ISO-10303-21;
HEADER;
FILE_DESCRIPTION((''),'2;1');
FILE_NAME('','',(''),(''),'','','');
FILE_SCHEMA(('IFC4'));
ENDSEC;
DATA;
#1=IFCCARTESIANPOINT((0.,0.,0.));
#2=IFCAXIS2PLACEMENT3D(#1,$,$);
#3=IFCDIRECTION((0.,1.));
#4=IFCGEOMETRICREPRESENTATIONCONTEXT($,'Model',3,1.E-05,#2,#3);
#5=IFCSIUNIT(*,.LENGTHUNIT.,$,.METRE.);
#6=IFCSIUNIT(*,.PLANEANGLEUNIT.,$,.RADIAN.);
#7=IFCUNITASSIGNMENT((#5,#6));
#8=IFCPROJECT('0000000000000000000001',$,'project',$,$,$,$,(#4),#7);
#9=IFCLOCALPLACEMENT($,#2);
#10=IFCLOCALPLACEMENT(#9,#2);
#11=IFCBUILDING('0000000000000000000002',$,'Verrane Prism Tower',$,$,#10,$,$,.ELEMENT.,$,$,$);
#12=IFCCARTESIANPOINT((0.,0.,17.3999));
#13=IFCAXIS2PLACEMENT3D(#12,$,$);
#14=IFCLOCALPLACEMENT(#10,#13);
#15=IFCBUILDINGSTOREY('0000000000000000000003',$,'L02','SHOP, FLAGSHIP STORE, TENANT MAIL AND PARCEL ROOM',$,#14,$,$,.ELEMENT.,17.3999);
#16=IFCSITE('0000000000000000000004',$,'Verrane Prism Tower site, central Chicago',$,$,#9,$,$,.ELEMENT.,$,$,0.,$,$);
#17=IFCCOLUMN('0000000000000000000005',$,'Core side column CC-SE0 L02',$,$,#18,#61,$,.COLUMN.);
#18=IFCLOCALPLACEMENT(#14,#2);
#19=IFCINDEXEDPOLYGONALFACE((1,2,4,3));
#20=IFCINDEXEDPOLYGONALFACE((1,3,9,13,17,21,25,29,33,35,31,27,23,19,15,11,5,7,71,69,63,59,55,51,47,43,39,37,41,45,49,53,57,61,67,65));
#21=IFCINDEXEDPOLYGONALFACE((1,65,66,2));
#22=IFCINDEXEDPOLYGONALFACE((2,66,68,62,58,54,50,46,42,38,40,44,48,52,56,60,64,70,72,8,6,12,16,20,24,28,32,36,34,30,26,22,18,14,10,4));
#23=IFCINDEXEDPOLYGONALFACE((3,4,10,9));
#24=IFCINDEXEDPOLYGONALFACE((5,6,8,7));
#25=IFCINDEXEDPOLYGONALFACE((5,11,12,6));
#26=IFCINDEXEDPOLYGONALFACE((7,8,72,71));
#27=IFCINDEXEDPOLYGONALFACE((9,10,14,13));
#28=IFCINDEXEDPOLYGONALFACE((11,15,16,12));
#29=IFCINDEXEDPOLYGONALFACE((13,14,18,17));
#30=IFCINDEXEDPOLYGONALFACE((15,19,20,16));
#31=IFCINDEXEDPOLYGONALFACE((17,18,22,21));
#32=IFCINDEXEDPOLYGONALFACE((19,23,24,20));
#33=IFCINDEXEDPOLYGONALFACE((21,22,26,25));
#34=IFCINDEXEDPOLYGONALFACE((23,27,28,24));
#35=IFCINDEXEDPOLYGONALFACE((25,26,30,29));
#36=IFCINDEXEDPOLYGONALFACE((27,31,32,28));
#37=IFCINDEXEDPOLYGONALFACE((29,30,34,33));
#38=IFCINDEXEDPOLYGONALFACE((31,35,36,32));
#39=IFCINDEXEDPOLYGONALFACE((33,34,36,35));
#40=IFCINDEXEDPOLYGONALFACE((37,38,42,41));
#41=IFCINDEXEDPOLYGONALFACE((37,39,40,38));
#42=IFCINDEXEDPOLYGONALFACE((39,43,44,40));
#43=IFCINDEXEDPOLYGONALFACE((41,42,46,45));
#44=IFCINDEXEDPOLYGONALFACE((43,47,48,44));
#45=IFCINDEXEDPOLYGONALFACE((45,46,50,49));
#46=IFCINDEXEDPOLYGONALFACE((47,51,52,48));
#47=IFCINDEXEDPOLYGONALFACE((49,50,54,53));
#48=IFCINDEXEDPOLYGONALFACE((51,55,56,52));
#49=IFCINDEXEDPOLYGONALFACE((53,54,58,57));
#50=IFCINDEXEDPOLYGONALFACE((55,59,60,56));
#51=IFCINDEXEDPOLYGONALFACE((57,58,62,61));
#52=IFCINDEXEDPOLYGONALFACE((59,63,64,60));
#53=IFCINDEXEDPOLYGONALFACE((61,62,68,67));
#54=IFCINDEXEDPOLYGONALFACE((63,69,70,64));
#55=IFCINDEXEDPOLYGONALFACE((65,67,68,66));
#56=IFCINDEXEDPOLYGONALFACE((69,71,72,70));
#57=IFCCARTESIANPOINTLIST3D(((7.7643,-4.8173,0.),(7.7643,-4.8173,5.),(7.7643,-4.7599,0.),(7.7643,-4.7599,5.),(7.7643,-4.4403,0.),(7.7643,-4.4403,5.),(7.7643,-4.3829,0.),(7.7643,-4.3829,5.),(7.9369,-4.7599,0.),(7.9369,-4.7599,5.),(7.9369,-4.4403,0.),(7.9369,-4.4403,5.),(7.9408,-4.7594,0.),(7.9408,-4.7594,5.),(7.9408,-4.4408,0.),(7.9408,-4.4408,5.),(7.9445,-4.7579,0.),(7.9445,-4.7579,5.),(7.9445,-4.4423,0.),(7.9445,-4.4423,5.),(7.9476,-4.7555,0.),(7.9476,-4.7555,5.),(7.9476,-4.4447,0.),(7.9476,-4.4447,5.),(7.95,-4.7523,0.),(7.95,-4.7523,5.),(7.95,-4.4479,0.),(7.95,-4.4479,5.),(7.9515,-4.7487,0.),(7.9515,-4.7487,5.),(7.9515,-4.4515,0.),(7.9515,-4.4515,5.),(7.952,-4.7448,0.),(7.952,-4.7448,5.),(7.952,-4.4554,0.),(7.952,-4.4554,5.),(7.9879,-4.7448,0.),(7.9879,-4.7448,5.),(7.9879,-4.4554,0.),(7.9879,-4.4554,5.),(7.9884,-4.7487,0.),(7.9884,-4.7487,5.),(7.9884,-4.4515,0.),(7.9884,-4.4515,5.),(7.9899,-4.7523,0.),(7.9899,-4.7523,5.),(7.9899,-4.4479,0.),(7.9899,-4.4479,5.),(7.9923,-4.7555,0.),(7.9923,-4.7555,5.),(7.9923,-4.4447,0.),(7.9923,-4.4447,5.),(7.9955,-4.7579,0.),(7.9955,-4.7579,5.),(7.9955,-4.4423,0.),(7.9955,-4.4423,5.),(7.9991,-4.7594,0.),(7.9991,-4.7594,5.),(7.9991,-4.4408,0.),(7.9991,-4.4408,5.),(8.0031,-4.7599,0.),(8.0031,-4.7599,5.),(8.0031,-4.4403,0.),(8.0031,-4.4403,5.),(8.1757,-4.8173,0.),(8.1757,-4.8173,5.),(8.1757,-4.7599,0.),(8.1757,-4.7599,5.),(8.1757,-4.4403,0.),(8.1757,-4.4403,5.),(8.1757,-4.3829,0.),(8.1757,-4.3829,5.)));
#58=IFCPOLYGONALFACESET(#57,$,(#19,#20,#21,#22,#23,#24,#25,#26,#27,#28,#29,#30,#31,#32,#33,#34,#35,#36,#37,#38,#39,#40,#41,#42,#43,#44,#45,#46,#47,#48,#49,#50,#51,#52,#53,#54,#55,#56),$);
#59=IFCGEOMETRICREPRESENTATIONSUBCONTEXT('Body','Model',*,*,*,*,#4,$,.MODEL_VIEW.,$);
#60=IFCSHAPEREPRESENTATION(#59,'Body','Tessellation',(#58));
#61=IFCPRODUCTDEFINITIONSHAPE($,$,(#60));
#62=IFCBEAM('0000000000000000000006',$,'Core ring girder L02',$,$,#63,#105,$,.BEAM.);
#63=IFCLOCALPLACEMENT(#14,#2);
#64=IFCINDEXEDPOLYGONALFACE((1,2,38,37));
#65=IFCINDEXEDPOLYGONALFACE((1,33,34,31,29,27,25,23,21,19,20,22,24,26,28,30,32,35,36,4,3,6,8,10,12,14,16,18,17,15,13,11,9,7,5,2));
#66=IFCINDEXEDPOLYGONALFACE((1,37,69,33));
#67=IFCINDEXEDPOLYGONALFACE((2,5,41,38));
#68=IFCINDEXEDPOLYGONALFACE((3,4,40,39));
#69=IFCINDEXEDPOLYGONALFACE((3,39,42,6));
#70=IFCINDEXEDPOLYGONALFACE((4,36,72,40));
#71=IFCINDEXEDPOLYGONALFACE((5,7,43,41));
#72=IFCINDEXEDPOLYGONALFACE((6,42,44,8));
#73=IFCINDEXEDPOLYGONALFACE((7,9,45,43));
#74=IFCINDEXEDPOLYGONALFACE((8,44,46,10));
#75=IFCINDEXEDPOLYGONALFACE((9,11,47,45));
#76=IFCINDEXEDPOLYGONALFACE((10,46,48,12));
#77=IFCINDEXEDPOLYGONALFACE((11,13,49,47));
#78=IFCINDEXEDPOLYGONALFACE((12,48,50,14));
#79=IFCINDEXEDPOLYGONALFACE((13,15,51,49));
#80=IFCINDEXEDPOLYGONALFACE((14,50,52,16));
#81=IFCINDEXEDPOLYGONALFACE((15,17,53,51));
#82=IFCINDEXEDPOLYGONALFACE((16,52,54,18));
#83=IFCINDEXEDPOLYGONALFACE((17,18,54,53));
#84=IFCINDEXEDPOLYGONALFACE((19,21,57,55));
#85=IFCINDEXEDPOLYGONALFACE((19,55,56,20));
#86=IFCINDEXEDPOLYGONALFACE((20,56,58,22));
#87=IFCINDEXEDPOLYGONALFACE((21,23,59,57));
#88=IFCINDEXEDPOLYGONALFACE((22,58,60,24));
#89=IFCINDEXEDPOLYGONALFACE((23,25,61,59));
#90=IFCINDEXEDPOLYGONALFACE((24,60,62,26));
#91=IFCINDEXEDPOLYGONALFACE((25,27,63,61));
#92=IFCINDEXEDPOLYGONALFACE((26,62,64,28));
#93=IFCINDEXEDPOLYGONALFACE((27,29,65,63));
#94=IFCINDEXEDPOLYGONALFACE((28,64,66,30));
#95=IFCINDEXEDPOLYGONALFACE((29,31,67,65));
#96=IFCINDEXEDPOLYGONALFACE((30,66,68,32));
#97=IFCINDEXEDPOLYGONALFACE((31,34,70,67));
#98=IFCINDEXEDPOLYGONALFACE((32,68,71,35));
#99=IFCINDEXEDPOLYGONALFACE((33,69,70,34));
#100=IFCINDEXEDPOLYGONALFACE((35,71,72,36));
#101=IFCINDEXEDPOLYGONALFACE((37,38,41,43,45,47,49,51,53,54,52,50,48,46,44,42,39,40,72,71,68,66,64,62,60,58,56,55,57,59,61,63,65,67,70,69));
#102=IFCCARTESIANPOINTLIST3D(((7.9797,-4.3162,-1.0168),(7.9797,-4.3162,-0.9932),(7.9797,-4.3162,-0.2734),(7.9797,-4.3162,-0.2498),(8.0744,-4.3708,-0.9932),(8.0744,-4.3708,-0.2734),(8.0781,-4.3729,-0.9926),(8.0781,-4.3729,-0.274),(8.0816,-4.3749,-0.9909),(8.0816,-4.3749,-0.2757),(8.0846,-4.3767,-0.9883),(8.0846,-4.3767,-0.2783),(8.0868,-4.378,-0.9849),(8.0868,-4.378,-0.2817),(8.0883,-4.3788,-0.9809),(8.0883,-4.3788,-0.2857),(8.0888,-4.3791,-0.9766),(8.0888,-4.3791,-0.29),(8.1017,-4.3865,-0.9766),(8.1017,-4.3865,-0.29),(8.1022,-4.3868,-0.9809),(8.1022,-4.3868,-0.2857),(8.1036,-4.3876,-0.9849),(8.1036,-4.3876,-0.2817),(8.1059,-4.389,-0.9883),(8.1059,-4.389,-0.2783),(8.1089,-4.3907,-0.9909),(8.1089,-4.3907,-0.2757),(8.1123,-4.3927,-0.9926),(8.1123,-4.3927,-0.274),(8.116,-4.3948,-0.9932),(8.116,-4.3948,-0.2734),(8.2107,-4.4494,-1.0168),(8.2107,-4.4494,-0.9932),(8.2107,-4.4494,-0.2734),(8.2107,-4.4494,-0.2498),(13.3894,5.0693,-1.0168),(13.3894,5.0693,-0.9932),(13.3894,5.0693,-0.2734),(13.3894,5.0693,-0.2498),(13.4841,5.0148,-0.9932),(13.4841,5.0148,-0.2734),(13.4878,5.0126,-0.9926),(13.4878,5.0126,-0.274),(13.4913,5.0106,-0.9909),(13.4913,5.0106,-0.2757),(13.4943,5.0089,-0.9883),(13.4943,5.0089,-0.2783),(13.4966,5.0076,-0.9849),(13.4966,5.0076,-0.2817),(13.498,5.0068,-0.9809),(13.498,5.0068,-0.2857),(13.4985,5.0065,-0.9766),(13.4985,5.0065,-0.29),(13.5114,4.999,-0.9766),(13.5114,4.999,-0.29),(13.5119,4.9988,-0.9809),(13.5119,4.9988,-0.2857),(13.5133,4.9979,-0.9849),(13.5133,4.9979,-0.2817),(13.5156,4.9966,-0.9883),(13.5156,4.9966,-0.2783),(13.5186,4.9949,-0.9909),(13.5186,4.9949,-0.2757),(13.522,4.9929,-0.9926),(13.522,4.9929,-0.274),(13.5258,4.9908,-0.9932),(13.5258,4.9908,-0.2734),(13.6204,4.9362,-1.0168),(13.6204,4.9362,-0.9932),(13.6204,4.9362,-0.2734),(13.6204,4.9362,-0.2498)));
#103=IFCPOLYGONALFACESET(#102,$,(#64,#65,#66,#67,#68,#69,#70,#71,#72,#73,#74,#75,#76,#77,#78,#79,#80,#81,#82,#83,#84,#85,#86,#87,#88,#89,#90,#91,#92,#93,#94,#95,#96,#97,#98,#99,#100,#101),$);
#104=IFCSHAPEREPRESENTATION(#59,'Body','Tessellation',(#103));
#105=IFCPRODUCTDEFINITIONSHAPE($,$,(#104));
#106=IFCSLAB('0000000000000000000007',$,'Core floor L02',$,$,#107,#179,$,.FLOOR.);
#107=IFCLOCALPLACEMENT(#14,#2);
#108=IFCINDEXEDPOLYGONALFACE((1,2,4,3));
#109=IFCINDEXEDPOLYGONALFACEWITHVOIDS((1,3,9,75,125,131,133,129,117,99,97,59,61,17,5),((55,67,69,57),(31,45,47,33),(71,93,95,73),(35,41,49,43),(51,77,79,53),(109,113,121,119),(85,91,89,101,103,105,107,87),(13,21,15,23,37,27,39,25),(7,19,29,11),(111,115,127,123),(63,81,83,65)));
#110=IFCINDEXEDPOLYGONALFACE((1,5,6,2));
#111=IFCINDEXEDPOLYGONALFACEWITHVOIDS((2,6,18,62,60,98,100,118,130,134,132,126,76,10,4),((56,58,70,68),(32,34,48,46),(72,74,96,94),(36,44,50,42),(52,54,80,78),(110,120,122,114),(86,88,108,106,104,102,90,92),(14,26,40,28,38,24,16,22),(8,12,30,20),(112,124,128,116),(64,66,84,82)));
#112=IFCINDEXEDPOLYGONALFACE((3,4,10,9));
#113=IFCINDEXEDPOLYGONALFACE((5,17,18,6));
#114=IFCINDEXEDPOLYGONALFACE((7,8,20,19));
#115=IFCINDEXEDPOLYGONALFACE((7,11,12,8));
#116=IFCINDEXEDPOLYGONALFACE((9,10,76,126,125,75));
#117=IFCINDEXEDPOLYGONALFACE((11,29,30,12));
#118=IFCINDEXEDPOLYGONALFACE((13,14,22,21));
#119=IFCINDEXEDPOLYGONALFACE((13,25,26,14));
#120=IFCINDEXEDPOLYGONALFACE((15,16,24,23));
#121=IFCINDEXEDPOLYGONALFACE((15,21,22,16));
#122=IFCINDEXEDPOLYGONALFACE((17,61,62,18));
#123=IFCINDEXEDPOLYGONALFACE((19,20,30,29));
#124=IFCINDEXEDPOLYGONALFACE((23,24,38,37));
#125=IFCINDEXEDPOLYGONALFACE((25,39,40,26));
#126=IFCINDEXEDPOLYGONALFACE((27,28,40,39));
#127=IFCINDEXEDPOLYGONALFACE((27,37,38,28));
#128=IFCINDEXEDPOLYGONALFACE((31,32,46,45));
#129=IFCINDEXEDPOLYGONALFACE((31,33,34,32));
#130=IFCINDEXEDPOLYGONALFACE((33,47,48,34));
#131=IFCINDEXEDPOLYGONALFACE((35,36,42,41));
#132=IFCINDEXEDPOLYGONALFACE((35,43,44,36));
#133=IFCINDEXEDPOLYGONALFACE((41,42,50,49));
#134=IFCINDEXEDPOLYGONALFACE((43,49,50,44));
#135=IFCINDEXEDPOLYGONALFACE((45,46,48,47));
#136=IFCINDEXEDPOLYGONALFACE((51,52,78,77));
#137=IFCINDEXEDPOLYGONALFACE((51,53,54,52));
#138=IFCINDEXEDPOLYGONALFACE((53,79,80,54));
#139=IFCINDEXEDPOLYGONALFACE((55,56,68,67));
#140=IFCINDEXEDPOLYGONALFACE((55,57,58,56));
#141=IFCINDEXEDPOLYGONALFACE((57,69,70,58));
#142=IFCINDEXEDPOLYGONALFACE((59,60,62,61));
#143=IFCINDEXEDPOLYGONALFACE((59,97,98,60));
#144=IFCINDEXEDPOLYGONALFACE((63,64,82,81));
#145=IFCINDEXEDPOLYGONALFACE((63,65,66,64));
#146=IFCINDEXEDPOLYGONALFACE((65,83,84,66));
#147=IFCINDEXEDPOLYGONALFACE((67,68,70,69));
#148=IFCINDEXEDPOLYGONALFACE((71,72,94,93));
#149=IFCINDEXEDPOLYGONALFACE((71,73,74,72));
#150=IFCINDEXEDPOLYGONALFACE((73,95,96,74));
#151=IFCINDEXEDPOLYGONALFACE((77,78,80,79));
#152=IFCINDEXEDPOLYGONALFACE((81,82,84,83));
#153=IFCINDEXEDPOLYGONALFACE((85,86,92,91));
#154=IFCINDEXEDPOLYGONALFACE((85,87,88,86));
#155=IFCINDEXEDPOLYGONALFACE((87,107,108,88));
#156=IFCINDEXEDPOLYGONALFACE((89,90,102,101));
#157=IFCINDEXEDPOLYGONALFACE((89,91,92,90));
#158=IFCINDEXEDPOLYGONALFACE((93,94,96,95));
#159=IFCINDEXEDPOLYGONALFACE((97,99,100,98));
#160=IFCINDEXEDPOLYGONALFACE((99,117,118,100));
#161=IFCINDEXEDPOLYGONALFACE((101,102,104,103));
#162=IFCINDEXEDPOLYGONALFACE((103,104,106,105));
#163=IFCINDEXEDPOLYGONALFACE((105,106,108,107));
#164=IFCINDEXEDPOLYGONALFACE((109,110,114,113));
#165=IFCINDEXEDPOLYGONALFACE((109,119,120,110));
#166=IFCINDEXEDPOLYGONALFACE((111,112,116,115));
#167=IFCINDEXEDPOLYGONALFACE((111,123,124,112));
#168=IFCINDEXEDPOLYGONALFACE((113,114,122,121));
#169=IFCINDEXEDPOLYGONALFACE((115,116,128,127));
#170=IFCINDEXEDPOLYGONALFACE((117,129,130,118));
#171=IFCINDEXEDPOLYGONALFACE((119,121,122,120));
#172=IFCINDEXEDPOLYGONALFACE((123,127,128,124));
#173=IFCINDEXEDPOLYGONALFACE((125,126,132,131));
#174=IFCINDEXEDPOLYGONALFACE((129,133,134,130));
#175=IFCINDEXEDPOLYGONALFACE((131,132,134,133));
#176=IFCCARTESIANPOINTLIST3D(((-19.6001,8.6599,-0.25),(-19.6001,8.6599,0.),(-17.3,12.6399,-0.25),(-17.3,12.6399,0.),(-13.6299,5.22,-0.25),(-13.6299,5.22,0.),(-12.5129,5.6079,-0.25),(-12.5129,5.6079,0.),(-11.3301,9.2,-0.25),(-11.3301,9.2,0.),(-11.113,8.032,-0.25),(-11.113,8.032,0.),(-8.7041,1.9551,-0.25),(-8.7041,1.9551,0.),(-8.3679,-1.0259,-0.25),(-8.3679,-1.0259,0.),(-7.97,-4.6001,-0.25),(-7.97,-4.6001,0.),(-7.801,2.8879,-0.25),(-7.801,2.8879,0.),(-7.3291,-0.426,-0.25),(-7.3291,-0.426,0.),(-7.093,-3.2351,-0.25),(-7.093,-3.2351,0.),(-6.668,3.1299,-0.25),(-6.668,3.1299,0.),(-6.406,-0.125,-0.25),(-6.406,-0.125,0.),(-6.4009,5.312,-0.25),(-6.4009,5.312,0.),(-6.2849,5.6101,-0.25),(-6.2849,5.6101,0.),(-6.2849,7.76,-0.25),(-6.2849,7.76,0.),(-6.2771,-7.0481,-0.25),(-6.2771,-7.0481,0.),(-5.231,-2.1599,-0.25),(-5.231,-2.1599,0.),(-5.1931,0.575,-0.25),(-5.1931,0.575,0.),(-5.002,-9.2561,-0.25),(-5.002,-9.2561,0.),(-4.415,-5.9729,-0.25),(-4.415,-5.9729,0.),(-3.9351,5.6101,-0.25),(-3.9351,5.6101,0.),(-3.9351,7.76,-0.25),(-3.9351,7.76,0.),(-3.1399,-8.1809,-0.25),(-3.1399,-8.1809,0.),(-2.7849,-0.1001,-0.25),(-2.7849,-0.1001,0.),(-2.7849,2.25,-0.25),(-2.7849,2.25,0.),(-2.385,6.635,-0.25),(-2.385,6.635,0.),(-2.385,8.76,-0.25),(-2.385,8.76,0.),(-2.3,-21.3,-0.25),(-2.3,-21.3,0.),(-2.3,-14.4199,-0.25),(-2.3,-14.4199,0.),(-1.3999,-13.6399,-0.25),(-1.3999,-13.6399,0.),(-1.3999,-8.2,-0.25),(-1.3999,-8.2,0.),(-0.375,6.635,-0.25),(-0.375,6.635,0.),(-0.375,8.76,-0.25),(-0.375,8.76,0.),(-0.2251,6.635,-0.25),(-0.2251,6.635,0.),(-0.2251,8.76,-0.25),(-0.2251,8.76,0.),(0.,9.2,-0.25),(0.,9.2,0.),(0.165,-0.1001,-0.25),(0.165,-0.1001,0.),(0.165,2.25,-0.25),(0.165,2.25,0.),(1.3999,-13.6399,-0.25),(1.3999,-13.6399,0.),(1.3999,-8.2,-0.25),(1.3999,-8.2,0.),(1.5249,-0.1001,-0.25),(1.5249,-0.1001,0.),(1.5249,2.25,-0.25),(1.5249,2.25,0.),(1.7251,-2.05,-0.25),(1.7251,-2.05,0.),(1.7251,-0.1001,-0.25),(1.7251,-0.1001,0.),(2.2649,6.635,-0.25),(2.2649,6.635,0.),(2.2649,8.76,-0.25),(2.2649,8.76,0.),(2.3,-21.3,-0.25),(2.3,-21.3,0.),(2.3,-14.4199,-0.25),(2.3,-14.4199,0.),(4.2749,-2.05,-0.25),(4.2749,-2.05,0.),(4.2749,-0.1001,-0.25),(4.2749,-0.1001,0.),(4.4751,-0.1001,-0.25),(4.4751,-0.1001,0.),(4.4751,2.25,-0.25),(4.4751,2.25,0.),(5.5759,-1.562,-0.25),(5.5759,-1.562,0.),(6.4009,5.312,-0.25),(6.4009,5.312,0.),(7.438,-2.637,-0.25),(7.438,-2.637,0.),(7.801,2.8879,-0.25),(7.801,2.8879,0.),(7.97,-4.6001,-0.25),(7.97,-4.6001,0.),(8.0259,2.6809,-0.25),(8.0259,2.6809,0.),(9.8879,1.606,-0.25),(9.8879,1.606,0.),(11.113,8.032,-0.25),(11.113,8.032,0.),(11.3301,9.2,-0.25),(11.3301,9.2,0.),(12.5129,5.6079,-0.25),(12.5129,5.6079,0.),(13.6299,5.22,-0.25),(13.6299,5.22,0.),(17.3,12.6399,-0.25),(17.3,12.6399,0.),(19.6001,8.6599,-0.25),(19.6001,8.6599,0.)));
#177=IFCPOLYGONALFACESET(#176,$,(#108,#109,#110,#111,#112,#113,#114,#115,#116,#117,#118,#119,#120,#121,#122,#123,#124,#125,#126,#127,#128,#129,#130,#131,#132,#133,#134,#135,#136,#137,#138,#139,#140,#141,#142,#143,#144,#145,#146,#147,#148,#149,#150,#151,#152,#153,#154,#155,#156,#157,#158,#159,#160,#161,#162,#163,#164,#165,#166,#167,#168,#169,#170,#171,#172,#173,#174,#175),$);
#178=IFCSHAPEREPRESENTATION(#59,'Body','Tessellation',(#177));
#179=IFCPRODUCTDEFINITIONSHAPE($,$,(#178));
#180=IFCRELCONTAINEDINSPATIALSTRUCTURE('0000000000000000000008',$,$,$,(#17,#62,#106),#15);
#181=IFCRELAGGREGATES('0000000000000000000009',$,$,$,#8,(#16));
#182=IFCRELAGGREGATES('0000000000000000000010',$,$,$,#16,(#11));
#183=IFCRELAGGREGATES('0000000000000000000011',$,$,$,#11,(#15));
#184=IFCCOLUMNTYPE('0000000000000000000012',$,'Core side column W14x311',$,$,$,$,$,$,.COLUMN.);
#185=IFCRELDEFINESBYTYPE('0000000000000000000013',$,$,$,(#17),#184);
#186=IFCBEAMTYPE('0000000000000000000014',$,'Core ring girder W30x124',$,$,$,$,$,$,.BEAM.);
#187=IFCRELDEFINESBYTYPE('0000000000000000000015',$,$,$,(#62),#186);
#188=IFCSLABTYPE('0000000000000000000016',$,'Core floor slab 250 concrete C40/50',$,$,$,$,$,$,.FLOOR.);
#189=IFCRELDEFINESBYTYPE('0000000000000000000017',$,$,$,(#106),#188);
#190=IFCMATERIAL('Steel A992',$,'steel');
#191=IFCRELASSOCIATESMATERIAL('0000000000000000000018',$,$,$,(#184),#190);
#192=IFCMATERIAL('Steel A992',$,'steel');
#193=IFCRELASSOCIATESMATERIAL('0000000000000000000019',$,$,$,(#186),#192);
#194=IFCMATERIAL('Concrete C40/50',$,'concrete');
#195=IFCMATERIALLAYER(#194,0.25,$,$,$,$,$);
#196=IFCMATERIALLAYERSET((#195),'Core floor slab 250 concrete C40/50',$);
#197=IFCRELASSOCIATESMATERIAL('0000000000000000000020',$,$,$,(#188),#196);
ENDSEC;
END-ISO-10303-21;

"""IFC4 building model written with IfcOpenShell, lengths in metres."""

from ifc_helpers import new_model, si_unit, direction, frame, origin, origin_2d, place, context, subcontext, project, spatial, polyline, i_section, outline, extrude, material, layer, layer_set, material_profile, profile_set, type_object, element, save


model = new_model("IFC4")

# Units and contexts
model_context = context("Model", 3, precision=1e-05, world=origin(), true_north=direction((0.0, 1.0)))
body_context = subcontext(model_context, "Body", "Model", "MODEL_VIEW")
ifc_project = project(units=[si_unit("LENGTHUNIT", "METRE"), si_unit("PLANEANGLEUNIT", "RADIAN")], contexts=[model_context])

# Site, building, storey
site_placement = place(None, origin())
site = spatial("IfcSite", under=ifc_project, at=site_placement, Name="Verrane Prism Tower site, central Chicago", CompositionType="ELEMENT", RefElevation=0.0)
building_placement = place(site_placement, origin())
building = spatial("IfcBuilding", under=site, at=building_placement, Name="Verrane Prism Tower", CompositionType="ELEMENT")
storey_placement = place(building_placement, frame((0.0, 0.0, 17.3999)))
storey = spatial("IfcBuildingStorey", under=building, at=storey_placement, Name="L02", Description="SHOP, FLAGSHIP STORE, TENANT MAIL AND PARCEL ROOM", CompositionType="ELEMENT", Elevation=17.3999)

# Column
ifc_material_1 = material(Name="Steel A992", Category="steel")
ifc_material_profile_1 = material_profile(ifc_material_1, i_section(OverallWidth=0.4114, OverallDepth=0.4343, WebThickness=0.0359, FlangeThickness=0.0574, FilletRadius=0.0151, at=origin_2d()), Name="W14x311")
ifc_profile_set_1 = profile_set([ifc_material_profile_1], Name="Steel A992")
column_type = type_object("IfcColumnType", Name="Core side column W14x311", PredefinedType="COLUMN", material=ifc_profile_set_1)
column_placement = place(storey_placement, frame((7.97, -4.6001, 0.0), z_axis=(0.0, 0.0, 1.0), x_axis=(1.0, 0.0, 0.0)))
element("IfcColumn", 1, at=column_placement, inside=storey, type_object=column_type, Name="Core side column CC-SE0 L02", PredefinedType="COLUMN", context=body_context, shape_type="SweptSolid", body=[
    extrude(i_section(OverallWidth=0.4114, OverallDepth=0.4343, WebThickness=0.0359, FlangeThickness=0.0574, FilletRadius=0.0151, at=origin_2d()), origin(), (0.0, 0.0, 1.0), 5.0),
])

# Beam
ifc_material_2 = material(Name="Steel A992", Category="steel")
ifc_material_profile_2 = material_profile(ifc_material_2, i_section(OverallWidth=0.2666, OverallDepth=0.7671, WebThickness=0.0149, FlangeThickness=0.0237, FilletRadius=0.0166, at=origin_2d()), Name="W30x124")
ifc_profile_set_2 = profile_set([ifc_material_profile_2], Name="Steel A992")
beam_type = type_object("IfcBeamType", Name="Core ring girder W30x124", PredefinedType="BEAM", material=ifc_profile_set_2)
beam_placement = place(storey_placement, frame((8.0952, -4.3828, -0.6333), z_axis=(0.499373, 0.866387, 0.0), x_axis=(-0.866387, 0.499373, 0.0)))
element("IfcBeam", 2, at=beam_placement, inside=storey, type_object=beam_type, Name="Core ring girder L02", PredefinedType="BEAM", context=body_context, shape_type="SweptSolid", body=[
    extrude(i_section(OverallWidth=0.2666, OverallDepth=0.7671, WebThickness=0.0149, FlangeThickness=0.0237, FilletRadius=0.0166, at=origin_2d()), origin(), (0.0, 0.0, 1.0), 10.833),
])

# Slab
ifc_material_3 = material(Name="Concrete C40/50", Category="concrete")
ifc_layer_1 = layer(ifc_material_3, 0.25)
ifc_layer_set_1 = layer_set([ifc_layer_1], Name="Core floor slab 250 concrete C40/50")
slab_type_1 = type_object("IfcSlabType", Name="Core floor slab 250 concrete C40/50", PredefinedType="FLOOR", material=ifc_layer_set_1)
slab_1_placement = place(storey_placement, frame((0.0, 0.0, -0.25)))
element("IfcSlab", 3, at=slab_1_placement, inside=storey, type_object=slab_type_1, Name="Core floor L02", PredefinedType="FLOOR", context=body_context, shape_type="SweptSolid", body=[
    extrude(outline(polyline([(13.6299, 5.22), (19.6001, 8.6599), (17.3, 12.6399), (11.3301, 9.2), (0.0, 9.2), (-11.3301, 9.2), (-17.3, 12.6399), (-19.6001, 8.6599), (-13.6299, 5.22), (-7.97, -4.6001), (-2.3, -14.4199), (-2.3, -21.3), (2.3, -21.3), (2.3, -14.4199), (7.97, -4.6001), (13.6299, 5.22)]), holes=[polyline([(-3.1399, -8.1809), (-5.002, -9.2561), (-6.2771, -7.0481), (-4.415, -5.9729), (-3.1399, -8.1809)]), polyline([(0.165, 2.25), (0.165, -0.1001), (-2.7849, -0.1001), (-2.7849, 2.25), (0.165, 2.25)]), polyline([(-7.801, 2.8879), (-12.5129, 5.6079), (-11.113, 8.032), (-6.4009, 5.312), (-7.801, 2.8879)]), polyline([(-6.2849, 5.6101), (-6.2849, 7.76), (-3.9351, 7.76), (-3.9351, 5.6101), (-6.2849, 5.6101)]), polyline([(-2.385, 6.635), (-2.385, 8.76), (-0.375, 8.76), (-0.375, 6.635), (-2.385, 6.635)]), polyline([(1.3999, -8.2), (1.3999, -13.6399), (-1.3999, -13.6399), (-1.3999, -8.2), (1.3999, -8.2)]), polyline([(4.2749, -2.05), (1.7251, -2.05), (1.7251, -0.1001), (1.5249, -0.1001), (1.5249, 2.25), (4.4751, 2.25), (4.4751, -0.1001), (4.2749, -0.1001), (4.2749, -2.05)]), polyline([(9.8879, 1.606), (7.438, -2.637), (5.5759, -1.562), (8.0259, 2.6809), (9.8879, 1.606)]), polyline([(11.113, 8.032), (12.5129, 5.6079), (7.801, 2.8879), (6.4009, 5.312), (11.113, 8.032)]), polyline([(-0.2251, 8.76), (2.2649, 8.76), (2.2649, 6.635), (-0.2251, 6.635), (-0.2251, 8.76)]), polyline([(-5.231, -2.1599), (-7.093, -3.2351), (-8.3679, -1.0259), (-7.3291, -0.426), (-8.7041, 1.9551), (-6.668, 3.1299), (-5.1931, 0.575), (-6.406, -0.125), (-5.231, -2.1599)])]), origin(), (0.0, 0.0, 1.0), 0.25),
])

save(model, "model.ifc")
